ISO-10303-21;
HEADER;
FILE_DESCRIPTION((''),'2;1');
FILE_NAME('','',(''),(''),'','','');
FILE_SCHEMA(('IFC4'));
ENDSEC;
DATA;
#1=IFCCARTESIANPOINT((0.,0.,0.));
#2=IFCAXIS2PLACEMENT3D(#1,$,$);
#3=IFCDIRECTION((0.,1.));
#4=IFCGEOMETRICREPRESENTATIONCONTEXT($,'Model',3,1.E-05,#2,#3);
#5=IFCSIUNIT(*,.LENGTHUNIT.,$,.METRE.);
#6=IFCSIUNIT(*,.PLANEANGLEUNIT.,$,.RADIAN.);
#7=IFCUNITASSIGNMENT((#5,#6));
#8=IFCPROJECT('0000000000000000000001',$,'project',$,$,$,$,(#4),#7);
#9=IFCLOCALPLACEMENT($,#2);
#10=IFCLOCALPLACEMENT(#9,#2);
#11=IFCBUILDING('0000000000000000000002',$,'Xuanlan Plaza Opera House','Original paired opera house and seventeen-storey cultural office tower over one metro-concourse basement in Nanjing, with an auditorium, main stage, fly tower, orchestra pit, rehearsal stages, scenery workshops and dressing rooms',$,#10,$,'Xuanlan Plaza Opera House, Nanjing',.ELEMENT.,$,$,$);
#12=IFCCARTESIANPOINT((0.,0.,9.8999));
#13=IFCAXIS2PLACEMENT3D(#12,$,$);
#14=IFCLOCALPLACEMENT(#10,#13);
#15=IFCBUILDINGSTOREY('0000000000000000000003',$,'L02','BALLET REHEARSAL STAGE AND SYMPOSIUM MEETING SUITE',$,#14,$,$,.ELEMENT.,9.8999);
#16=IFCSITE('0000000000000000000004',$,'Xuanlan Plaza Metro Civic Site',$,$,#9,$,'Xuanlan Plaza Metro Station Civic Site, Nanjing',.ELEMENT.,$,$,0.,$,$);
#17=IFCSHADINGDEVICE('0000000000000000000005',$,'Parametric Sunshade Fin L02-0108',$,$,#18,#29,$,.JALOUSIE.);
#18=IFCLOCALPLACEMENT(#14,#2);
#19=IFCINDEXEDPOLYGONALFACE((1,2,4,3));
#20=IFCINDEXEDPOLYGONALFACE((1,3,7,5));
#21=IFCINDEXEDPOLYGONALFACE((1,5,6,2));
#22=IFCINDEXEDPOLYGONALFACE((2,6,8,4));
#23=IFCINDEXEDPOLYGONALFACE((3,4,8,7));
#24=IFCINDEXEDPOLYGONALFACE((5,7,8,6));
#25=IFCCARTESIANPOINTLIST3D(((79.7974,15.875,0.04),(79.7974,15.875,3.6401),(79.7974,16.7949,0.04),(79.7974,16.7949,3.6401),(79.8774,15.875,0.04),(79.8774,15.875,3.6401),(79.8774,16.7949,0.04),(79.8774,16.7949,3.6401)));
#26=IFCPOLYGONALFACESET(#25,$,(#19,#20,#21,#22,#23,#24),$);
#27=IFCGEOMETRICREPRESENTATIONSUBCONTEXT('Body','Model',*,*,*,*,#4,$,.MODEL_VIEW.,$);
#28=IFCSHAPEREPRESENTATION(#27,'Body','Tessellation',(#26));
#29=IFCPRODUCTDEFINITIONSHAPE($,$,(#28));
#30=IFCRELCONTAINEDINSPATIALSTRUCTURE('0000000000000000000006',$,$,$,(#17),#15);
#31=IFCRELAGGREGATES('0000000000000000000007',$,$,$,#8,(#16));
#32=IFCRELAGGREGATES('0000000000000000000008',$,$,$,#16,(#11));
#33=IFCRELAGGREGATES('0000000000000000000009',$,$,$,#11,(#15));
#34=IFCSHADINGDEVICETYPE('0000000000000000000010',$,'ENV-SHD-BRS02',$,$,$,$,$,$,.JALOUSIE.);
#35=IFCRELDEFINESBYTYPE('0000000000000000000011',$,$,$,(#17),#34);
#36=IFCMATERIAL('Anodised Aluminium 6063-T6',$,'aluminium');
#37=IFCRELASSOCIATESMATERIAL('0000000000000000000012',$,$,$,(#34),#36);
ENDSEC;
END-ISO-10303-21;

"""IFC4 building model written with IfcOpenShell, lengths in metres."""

from ifc_helpers import new_model, si_unit, direction, frame, origin, origin_2d, place, context, subcontext, project, spatial, rectangle, extrude, material, type_object, element, save


model = new_model("IFC4")

# Units and contexts
model_context = context("Model", 3, precision=1e-05, world=origin(), true_north=direction((0.0, 1.0)))
body_context = subcontext(model_context, "Body", "Model", "MODEL_VIEW")
ifc_project = project(units=[si_unit("LENGTHUNIT", "METRE"), si_unit("PLANEANGLEUNIT", "RADIAN")], contexts=[model_context])

# Site, building, storey
site_placement = place(None, origin())
site = spatial("IfcSite", under=ifc_project, at=site_placement, Name="Xuanlan Plaza Metro Civic Site", LongName="Xuanlan Plaza Metro Station Civic Site, Nanjing", CompositionType="ELEMENT", RefElevation=0.0)
building_placement = place(site_placement, origin())
building = spatial("IfcBuilding", under=site, at=building_placement, Name="Xuanlan Plaza Opera House", Description="Original paired opera house and seventeen-storey cultural office tower over one metro-concourse basement in Nanjing, with an auditorium, main stage, fly tower, orchestra pit, rehearsal stages, scenery workshops and dressing rooms", LongName="Xuanlan Plaza Opera House, Nanjing", CompositionType="ELEMENT")
storey_placement = place(building_placement, frame((0.0, 0.0, 9.8999)))
storey = spatial("IfcBuildingStorey", under=building, at=storey_placement, Name="L02", Description="BALLET REHEARSAL STAGE AND SYMPOSIUM MEETING SUITE", CompositionType="ELEMENT", Elevation=9.8999)

# Shared definitions
ifc_material_1 = material(Name="Anodised Aluminium 6063-T6", Category="aluminium")

# Shading device
shading_device_type_1 = type_object("IfcShadingDeviceType", Name="ENV-SHD-BRS02", PredefinedType="JALOUSIE", material=ifc_material_1)
shading_device_1_placement = place(storey_placement, frame((79.8374, 16.335, 0.04), z_axis=(0.0, 0.0, 1.0), x_axis=(0.0, -1.0, 0.0)))
element("IfcShadingDevice", 1, at=shading_device_1_placement, inside=storey, type_object=shading_device_type_1, Name="Parametric Sunshade Fin L02-0108", PredefinedType="JALOUSIE", context=body_context, shape_type="SweptSolid", body=[
    extrude(rectangle(XDim=0.9199, YDim=0.0801, at=origin_2d()), origin(), (0.0, 0.0, 1.0), 3.6001),
])

save(model, "model.ifc")
